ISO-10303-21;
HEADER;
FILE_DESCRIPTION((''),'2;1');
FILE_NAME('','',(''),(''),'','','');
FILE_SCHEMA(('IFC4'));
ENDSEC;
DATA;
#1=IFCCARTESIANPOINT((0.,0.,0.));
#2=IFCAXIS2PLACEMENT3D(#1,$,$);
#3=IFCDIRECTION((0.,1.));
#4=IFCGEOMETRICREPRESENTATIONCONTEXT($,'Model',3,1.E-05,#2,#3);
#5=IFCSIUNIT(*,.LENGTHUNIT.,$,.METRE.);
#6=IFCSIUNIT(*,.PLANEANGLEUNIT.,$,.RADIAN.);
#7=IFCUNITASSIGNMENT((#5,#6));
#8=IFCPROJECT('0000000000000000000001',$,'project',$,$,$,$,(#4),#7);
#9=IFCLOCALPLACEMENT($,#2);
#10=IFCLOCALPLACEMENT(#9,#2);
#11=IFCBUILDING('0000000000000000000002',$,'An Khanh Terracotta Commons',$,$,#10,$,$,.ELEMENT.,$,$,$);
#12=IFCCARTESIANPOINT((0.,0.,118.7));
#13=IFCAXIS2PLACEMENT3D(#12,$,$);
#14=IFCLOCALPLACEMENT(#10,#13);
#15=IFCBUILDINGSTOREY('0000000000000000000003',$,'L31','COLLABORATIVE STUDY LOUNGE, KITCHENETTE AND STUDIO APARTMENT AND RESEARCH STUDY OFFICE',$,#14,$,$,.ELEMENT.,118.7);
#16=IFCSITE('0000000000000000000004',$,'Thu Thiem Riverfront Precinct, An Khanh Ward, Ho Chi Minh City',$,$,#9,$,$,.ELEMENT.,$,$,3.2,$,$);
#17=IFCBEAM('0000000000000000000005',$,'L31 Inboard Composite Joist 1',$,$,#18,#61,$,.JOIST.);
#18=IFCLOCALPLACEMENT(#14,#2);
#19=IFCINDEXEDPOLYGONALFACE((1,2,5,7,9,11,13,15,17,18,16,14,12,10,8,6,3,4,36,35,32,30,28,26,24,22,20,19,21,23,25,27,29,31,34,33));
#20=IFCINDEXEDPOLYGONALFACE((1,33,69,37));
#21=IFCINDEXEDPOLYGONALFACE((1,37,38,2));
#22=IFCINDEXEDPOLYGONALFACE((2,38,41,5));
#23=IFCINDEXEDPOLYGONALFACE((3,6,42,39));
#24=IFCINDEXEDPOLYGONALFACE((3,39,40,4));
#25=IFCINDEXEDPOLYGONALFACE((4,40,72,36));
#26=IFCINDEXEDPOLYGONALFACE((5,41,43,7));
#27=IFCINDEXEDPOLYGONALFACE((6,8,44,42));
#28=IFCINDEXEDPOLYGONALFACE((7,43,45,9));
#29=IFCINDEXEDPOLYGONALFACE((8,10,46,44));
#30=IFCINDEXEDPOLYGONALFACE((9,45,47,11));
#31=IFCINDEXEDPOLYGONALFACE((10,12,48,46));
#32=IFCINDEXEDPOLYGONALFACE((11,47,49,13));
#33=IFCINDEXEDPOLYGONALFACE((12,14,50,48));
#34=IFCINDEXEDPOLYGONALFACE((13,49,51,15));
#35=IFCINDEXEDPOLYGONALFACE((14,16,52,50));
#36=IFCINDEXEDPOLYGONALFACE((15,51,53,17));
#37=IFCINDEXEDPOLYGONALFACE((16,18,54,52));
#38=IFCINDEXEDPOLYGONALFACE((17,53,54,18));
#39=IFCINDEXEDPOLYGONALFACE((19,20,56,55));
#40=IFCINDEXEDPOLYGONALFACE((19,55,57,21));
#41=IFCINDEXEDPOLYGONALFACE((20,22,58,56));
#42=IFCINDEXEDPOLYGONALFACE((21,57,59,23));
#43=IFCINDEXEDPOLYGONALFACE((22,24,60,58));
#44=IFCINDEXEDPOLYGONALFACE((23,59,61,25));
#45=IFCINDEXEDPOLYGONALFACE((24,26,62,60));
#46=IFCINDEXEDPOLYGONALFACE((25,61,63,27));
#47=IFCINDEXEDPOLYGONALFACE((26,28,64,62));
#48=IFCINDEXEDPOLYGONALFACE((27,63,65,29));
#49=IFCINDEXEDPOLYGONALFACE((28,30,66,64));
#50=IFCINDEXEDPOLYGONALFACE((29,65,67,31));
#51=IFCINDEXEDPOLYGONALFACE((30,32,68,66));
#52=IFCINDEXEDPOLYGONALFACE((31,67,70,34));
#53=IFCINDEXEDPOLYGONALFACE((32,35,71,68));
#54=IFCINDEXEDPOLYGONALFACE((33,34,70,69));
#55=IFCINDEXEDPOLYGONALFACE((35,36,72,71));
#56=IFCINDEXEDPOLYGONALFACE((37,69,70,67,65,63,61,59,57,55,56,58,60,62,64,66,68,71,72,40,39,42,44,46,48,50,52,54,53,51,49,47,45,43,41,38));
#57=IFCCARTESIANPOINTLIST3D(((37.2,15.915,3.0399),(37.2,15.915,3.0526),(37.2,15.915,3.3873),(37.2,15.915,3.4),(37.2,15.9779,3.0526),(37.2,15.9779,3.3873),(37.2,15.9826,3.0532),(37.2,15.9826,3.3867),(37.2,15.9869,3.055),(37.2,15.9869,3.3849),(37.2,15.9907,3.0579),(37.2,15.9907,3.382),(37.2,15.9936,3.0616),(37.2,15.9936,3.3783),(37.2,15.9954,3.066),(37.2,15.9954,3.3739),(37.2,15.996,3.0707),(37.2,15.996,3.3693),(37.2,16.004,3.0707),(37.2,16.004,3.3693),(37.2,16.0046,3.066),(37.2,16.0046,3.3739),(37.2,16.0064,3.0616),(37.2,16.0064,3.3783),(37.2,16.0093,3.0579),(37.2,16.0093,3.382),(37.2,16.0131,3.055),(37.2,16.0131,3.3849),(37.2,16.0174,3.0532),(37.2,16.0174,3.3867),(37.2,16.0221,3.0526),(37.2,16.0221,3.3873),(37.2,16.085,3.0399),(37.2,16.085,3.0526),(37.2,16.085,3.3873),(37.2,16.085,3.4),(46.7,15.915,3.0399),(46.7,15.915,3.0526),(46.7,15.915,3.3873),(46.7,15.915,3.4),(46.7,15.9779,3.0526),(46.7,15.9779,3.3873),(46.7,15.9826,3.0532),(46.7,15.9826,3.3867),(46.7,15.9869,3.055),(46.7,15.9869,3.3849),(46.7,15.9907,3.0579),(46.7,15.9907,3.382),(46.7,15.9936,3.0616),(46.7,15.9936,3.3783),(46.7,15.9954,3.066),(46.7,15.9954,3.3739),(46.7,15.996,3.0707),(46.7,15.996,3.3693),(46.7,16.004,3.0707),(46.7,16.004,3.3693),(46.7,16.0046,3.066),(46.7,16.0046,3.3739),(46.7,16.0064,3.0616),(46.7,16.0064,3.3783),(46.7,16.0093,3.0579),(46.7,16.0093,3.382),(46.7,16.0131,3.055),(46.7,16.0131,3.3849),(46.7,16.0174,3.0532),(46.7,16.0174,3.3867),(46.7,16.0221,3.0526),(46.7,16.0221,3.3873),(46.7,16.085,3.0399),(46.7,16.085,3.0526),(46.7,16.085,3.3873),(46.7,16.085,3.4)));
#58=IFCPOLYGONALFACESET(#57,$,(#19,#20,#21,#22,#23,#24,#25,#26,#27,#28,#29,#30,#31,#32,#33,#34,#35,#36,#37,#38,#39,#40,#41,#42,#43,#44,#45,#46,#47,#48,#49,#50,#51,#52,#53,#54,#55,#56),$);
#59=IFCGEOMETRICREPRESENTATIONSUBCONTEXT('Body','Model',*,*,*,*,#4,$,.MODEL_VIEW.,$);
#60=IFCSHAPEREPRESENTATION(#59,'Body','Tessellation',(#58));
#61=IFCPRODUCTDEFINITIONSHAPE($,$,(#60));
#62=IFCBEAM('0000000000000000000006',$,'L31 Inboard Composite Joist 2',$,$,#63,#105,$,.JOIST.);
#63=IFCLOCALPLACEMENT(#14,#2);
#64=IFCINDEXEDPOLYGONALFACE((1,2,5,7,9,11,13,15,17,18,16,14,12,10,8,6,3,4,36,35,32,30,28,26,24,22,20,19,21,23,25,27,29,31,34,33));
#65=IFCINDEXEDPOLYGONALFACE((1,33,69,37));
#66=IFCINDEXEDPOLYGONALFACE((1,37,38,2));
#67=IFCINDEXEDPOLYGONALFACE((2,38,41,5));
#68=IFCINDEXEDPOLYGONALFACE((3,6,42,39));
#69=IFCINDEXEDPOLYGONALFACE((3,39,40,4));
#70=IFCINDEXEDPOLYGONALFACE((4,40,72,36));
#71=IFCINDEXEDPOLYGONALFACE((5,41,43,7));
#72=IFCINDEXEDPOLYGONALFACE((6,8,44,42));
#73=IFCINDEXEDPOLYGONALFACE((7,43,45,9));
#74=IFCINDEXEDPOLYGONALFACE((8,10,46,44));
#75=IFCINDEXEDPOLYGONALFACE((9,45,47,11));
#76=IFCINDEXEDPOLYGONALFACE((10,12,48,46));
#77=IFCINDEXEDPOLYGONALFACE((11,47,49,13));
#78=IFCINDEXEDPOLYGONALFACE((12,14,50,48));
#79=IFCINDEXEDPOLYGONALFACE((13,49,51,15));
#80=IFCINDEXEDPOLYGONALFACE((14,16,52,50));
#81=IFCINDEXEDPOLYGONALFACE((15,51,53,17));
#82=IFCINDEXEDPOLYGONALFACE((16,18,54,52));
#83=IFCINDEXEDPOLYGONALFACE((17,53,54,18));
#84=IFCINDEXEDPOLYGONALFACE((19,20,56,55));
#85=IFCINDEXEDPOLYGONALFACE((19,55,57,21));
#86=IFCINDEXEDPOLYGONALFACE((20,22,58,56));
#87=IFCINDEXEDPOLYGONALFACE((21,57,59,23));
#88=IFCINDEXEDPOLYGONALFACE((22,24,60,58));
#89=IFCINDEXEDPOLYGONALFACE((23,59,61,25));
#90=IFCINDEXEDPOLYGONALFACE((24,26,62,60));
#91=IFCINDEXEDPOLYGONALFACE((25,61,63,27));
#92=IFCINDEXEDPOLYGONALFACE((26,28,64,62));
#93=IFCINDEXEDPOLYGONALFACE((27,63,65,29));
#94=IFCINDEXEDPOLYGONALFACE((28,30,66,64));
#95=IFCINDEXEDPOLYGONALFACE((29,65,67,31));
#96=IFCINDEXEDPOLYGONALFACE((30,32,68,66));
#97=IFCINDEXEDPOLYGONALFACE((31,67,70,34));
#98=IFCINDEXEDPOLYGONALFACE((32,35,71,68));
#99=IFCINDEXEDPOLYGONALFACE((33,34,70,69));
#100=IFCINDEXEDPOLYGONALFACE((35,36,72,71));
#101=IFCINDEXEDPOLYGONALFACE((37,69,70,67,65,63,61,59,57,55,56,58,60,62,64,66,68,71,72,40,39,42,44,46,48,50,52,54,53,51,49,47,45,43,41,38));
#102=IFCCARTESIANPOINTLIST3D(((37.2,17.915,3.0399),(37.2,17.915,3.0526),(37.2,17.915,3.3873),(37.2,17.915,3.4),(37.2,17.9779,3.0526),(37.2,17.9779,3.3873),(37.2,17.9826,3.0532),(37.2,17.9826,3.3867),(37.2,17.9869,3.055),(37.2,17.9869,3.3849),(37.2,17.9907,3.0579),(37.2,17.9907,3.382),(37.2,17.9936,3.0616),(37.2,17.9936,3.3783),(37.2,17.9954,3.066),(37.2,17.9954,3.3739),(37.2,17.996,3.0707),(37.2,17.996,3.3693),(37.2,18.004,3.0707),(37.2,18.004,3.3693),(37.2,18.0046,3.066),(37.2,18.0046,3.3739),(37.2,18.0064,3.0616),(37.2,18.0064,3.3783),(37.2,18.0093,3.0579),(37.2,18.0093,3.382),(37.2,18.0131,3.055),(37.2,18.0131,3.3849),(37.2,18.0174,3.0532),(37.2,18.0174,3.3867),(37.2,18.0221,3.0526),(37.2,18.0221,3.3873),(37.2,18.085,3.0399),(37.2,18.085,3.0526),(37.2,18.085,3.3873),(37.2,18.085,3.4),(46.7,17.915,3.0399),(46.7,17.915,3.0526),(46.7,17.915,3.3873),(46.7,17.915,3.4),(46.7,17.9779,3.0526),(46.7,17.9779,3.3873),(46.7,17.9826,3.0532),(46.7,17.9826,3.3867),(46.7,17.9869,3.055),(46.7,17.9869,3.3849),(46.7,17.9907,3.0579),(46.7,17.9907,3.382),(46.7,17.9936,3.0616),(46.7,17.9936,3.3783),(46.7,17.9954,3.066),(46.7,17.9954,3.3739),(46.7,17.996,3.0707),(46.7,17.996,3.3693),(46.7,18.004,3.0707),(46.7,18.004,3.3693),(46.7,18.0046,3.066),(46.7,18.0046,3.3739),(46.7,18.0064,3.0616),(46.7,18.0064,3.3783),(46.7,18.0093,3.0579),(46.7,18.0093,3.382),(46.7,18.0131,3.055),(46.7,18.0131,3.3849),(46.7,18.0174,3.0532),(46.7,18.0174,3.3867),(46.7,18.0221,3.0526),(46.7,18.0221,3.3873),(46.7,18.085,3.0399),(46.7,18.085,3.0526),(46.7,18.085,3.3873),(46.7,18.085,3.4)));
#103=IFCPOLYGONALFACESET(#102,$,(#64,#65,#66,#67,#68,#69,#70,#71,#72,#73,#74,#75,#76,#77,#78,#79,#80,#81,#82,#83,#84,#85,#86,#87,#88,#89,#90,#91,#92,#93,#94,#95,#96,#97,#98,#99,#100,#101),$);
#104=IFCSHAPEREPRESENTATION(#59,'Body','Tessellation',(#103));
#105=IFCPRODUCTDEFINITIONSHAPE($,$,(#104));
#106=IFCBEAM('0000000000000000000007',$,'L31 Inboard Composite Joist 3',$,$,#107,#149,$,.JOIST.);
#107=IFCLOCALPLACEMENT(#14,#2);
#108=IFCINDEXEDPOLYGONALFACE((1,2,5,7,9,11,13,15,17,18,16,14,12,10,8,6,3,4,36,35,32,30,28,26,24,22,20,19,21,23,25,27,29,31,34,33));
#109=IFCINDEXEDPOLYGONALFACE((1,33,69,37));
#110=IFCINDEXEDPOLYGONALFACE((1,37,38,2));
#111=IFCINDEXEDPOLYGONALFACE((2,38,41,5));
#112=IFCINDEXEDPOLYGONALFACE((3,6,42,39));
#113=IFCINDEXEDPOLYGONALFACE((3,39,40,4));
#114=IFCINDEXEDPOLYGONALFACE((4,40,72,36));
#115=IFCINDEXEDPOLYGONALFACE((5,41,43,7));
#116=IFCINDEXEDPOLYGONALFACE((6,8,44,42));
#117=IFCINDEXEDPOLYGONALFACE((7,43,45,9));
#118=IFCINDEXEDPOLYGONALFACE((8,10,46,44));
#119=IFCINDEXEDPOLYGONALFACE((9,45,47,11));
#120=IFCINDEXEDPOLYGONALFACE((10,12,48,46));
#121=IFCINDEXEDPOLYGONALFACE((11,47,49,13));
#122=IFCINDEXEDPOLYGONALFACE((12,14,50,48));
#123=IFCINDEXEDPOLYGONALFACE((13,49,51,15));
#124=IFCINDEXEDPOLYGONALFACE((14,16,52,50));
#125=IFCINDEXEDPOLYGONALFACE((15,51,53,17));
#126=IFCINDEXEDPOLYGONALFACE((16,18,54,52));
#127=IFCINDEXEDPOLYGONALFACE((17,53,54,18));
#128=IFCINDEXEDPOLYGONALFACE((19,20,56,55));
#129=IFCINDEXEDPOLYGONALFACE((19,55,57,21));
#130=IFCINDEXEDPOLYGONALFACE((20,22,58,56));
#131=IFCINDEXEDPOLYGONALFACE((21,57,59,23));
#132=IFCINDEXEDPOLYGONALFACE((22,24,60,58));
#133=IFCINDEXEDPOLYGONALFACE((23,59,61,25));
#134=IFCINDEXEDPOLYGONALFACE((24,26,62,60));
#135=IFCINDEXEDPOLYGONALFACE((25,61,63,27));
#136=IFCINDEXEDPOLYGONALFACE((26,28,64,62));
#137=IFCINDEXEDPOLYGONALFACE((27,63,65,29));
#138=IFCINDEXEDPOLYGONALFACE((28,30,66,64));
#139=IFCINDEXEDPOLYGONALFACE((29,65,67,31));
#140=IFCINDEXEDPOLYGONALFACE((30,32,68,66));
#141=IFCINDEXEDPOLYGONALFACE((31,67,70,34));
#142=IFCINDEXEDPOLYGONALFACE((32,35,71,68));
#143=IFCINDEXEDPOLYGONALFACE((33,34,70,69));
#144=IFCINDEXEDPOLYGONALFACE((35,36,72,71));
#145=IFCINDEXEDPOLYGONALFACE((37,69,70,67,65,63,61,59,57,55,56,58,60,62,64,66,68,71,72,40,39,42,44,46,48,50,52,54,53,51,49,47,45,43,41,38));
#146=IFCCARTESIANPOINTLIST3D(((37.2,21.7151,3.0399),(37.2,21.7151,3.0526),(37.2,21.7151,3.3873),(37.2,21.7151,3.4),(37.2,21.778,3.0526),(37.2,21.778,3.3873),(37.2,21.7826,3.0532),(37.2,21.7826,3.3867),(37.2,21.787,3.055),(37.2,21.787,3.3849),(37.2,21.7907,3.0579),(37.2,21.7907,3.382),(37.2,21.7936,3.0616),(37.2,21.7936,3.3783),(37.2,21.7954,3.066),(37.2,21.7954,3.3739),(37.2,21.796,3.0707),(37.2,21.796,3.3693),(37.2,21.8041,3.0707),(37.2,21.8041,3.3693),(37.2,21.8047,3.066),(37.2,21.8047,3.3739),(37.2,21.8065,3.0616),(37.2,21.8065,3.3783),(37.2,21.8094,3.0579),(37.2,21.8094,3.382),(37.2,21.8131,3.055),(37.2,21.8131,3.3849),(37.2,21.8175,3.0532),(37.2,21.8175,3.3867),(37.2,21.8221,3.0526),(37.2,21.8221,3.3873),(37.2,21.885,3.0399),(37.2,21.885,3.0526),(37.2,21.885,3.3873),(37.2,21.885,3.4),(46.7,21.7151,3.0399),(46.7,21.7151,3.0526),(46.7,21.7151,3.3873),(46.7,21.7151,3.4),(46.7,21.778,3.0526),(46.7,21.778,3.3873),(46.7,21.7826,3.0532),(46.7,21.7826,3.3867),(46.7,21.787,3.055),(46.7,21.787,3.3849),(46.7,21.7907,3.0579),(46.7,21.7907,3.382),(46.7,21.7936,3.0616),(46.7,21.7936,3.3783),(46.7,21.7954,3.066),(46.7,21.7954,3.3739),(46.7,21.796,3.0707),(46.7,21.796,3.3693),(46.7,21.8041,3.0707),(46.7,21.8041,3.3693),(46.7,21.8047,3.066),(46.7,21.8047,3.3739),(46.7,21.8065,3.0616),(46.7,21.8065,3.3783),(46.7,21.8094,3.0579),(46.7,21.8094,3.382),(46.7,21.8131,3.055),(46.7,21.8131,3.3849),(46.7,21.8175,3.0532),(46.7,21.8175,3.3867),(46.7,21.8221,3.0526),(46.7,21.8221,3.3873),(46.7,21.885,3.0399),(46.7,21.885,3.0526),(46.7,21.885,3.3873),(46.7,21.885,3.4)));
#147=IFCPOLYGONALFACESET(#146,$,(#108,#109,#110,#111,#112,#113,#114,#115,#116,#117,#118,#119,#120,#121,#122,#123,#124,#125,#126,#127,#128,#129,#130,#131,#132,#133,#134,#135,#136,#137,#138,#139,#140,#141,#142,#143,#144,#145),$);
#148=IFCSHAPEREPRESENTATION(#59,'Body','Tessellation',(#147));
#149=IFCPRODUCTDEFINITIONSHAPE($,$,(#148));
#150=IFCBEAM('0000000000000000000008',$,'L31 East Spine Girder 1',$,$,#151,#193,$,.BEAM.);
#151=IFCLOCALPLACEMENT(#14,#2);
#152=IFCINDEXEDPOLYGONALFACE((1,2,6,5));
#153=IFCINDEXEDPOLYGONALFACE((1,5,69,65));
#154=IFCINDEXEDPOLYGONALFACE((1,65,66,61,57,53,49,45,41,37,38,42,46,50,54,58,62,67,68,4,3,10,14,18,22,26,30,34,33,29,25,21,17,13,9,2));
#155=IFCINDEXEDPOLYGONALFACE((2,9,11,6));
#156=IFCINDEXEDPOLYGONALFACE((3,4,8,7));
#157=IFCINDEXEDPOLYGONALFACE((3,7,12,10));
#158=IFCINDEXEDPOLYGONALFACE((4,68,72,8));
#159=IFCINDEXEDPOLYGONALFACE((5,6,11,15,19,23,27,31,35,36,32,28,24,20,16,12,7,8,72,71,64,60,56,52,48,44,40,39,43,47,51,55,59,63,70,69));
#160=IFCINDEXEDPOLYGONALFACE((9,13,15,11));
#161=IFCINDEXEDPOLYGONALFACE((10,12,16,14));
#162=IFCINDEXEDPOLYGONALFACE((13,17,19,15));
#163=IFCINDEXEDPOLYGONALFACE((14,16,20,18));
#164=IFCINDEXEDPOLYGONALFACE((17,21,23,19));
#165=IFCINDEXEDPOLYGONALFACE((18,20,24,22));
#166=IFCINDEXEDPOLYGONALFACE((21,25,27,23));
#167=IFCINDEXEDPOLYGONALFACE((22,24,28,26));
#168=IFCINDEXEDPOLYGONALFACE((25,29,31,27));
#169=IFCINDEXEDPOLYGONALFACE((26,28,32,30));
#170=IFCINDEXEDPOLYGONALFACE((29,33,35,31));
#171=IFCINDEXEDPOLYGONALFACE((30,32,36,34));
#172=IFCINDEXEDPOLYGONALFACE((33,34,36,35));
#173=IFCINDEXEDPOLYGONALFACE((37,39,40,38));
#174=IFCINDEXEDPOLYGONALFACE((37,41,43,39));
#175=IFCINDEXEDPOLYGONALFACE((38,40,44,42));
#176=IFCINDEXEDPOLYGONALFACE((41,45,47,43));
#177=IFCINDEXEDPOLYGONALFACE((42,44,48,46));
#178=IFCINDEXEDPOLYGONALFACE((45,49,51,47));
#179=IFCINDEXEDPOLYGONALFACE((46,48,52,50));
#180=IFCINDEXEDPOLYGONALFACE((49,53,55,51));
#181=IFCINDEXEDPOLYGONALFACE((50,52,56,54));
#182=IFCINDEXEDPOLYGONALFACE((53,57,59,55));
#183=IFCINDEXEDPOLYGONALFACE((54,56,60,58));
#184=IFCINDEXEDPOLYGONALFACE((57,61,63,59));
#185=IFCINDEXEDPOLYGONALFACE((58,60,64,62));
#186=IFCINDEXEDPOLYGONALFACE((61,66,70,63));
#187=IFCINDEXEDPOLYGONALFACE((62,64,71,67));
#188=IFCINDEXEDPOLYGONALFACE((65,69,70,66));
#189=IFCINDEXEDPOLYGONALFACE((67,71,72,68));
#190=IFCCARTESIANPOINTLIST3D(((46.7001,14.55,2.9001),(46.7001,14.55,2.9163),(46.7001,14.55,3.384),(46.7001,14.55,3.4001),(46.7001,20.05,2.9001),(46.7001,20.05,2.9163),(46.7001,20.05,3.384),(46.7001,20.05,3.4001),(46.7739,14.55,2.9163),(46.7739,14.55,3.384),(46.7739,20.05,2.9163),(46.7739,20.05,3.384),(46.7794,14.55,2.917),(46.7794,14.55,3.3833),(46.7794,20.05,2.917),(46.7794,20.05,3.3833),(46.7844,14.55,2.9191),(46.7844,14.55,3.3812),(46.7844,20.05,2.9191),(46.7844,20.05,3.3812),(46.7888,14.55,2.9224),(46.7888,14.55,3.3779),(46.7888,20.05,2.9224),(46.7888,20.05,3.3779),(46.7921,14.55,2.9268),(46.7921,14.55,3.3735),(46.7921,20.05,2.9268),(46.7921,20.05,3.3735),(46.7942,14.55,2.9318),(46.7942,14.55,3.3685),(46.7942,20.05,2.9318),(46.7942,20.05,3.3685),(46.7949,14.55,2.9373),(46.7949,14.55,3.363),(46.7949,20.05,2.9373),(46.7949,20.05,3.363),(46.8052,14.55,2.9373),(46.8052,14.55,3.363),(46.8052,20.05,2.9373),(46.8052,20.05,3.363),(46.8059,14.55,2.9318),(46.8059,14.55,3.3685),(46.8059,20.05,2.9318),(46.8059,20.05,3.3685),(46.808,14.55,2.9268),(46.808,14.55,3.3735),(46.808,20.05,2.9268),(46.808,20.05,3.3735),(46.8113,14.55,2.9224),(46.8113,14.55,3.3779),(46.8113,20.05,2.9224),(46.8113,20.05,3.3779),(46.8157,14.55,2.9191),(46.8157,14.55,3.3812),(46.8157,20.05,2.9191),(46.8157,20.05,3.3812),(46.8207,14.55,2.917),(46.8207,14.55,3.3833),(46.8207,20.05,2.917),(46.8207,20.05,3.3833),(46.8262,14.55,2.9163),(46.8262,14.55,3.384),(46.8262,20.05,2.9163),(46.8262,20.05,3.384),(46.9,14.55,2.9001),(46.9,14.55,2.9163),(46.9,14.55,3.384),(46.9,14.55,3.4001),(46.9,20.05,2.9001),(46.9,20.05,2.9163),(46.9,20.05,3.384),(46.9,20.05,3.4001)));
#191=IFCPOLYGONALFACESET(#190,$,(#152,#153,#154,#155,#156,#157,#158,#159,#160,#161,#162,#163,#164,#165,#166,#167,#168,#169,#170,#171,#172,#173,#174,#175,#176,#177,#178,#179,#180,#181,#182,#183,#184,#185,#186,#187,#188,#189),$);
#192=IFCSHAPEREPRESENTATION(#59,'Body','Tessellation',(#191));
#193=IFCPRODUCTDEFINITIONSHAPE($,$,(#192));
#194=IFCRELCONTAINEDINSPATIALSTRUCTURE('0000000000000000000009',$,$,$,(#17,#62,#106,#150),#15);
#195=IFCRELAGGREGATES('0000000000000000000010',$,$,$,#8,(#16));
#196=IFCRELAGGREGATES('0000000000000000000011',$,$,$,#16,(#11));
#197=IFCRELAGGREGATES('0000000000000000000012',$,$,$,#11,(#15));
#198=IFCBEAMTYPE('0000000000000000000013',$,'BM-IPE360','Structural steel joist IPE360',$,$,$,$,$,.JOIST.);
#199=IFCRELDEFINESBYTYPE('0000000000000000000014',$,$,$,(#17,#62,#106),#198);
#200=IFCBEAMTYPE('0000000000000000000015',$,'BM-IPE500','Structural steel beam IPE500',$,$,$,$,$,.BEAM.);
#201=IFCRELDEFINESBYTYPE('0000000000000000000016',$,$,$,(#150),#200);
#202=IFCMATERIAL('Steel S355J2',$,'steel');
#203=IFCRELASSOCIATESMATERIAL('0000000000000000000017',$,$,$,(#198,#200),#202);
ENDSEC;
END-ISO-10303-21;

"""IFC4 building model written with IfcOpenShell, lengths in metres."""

from ifc_helpers import new_model, si_unit, direction, frame, origin, origin_2d, place, context, subcontext, project, spatial, i_section, extrude, material, material_profile, profile_set, type_object, element, save


model = new_model("IFC4")

# Units and contexts
model_context = context("Model", 3, precision=1e-05, world=origin(), true_north=direction((0.0, 1.0)))
body_context = subcontext(model_context, "Body", "Model", "MODEL_VIEW")
ifc_project = project(units=[si_unit("LENGTHUNIT", "METRE"), si_unit("PLANEANGLEUNIT", "RADIAN")], contexts=[model_context])

# Site, building, storey
site_placement = place(None, origin())
site = spatial("IfcSite", under=ifc_project, at=site_placement, Name="Thu Thiem Riverfront Precinct, An Khanh Ward, Ho Chi Minh City", CompositionType="ELEMENT", RefElevation=3.2)
building_placement = place(site_placement, origin())
building = spatial("IfcBuilding", under=site, at=building_placement, Name="An Khanh Terracotta Commons", CompositionType="ELEMENT")
storey_placement = place(building_placement, frame((0.0, 0.0, 118.7)))
storey = spatial("IfcBuildingStorey", under=building, at=storey_placement, Name="L31", Description="COLLABORATIVE STUDY LOUNGE, KITCHENETTE AND STUDIO APARTMENT AND RESEARCH STUDY OFFICE", CompositionType="ELEMENT", Elevation=118.7)

# Beams
ifc_material_1 = material(Name="Steel S355J2", Category="steel")
ifc_material_profile_1 = material_profile(ifc_material_1, i_section(OverallWidth=0.1699, OverallDepth=0.3601, WebThickness=0.0081, FlangeThickness=0.0127, FilletRadius=0.0181, at=origin_2d()), Name="IPE360")
ifc_profile_set_1 = profile_set([ifc_material_profile_1], Name="Steel S355J2")
beam_type_1 = type_object("IfcBeamType", Name="BM-IPE360", Description="Structural steel joist IPE360", PredefinedType="JOIST", material=ifc_profile_set_1)
for number, where, z_axis, x_axis, name in (
    (1, (37.2, 16.0, 3.22), (1.0, 0.0, 0.0), (0.0, 1.0, 0.0), "L31 Inboard Composite Joist 1"),
    (2, (37.2, 18.0, 3.22), (1.0, 0.0, 0.0), (0.0, 1.0, 0.0), "L31 Inboard Composite Joist 2"),
    (3, (37.2, 21.8, 3.22), (1.0, 0.0, 0.0), (0.0, 1.0, 0.0), "L31 Inboard Composite Joist 3"),
):
    element("IfcBeam", number, at=place(storey_placement, frame(where, z_axis=z_axis, x_axis=x_axis)), inside=storey, type_object=beam_type_1, Name=name, PredefinedType="JOIST", context=body_context, shape_type="SweptSolid", body=[
        extrude(i_section(OverallWidth=0.1699, OverallDepth=0.3601, WebThickness=0.0081, FlangeThickness=0.0127, FilletRadius=0.0181, at=origin_2d()), origin(), (0.0, 0.0, 1.0), 9.5),
    ])
ifc_material_profile_2 = material_profile(ifc_material_1, i_section(OverallWidth=0.2, OverallDepth=0.5, WebThickness=0.0103, FlangeThickness=0.0161, FilletRadius=0.021, at=origin_2d()), Name="IPE500")
ifc_profile_set_2 = profile_set([ifc_material_profile_2], Name="Steel S355J2")
beam_type_2 = type_object("IfcBeamType", Name="BM-IPE500", Description="Structural steel beam IPE500", PredefinedType="BEAM", material=ifc_profile_set_2)
beam_1_placement = place(storey_placement, frame((46.8, 14.55, 3.1501), z_axis=(0.0, 1.0, 0.0), x_axis=(-1.0, 0.0, 0.0)))
element("IfcBeam", 4, at=beam_1_placement, inside=storey, type_object=beam_type_2, Name="L31 East Spine Girder 1", PredefinedType="BEAM", context=body_context, shape_type="SweptSolid", body=[
    extrude(i_section(OverallWidth=0.2, OverallDepth=0.5, WebThickness=0.0103, FlangeThickness=0.0161, FilletRadius=0.021, at=origin_2d()), origin(), (0.0, 0.0, 1.0), 5.5),
])

save(model, "model.ifc")
